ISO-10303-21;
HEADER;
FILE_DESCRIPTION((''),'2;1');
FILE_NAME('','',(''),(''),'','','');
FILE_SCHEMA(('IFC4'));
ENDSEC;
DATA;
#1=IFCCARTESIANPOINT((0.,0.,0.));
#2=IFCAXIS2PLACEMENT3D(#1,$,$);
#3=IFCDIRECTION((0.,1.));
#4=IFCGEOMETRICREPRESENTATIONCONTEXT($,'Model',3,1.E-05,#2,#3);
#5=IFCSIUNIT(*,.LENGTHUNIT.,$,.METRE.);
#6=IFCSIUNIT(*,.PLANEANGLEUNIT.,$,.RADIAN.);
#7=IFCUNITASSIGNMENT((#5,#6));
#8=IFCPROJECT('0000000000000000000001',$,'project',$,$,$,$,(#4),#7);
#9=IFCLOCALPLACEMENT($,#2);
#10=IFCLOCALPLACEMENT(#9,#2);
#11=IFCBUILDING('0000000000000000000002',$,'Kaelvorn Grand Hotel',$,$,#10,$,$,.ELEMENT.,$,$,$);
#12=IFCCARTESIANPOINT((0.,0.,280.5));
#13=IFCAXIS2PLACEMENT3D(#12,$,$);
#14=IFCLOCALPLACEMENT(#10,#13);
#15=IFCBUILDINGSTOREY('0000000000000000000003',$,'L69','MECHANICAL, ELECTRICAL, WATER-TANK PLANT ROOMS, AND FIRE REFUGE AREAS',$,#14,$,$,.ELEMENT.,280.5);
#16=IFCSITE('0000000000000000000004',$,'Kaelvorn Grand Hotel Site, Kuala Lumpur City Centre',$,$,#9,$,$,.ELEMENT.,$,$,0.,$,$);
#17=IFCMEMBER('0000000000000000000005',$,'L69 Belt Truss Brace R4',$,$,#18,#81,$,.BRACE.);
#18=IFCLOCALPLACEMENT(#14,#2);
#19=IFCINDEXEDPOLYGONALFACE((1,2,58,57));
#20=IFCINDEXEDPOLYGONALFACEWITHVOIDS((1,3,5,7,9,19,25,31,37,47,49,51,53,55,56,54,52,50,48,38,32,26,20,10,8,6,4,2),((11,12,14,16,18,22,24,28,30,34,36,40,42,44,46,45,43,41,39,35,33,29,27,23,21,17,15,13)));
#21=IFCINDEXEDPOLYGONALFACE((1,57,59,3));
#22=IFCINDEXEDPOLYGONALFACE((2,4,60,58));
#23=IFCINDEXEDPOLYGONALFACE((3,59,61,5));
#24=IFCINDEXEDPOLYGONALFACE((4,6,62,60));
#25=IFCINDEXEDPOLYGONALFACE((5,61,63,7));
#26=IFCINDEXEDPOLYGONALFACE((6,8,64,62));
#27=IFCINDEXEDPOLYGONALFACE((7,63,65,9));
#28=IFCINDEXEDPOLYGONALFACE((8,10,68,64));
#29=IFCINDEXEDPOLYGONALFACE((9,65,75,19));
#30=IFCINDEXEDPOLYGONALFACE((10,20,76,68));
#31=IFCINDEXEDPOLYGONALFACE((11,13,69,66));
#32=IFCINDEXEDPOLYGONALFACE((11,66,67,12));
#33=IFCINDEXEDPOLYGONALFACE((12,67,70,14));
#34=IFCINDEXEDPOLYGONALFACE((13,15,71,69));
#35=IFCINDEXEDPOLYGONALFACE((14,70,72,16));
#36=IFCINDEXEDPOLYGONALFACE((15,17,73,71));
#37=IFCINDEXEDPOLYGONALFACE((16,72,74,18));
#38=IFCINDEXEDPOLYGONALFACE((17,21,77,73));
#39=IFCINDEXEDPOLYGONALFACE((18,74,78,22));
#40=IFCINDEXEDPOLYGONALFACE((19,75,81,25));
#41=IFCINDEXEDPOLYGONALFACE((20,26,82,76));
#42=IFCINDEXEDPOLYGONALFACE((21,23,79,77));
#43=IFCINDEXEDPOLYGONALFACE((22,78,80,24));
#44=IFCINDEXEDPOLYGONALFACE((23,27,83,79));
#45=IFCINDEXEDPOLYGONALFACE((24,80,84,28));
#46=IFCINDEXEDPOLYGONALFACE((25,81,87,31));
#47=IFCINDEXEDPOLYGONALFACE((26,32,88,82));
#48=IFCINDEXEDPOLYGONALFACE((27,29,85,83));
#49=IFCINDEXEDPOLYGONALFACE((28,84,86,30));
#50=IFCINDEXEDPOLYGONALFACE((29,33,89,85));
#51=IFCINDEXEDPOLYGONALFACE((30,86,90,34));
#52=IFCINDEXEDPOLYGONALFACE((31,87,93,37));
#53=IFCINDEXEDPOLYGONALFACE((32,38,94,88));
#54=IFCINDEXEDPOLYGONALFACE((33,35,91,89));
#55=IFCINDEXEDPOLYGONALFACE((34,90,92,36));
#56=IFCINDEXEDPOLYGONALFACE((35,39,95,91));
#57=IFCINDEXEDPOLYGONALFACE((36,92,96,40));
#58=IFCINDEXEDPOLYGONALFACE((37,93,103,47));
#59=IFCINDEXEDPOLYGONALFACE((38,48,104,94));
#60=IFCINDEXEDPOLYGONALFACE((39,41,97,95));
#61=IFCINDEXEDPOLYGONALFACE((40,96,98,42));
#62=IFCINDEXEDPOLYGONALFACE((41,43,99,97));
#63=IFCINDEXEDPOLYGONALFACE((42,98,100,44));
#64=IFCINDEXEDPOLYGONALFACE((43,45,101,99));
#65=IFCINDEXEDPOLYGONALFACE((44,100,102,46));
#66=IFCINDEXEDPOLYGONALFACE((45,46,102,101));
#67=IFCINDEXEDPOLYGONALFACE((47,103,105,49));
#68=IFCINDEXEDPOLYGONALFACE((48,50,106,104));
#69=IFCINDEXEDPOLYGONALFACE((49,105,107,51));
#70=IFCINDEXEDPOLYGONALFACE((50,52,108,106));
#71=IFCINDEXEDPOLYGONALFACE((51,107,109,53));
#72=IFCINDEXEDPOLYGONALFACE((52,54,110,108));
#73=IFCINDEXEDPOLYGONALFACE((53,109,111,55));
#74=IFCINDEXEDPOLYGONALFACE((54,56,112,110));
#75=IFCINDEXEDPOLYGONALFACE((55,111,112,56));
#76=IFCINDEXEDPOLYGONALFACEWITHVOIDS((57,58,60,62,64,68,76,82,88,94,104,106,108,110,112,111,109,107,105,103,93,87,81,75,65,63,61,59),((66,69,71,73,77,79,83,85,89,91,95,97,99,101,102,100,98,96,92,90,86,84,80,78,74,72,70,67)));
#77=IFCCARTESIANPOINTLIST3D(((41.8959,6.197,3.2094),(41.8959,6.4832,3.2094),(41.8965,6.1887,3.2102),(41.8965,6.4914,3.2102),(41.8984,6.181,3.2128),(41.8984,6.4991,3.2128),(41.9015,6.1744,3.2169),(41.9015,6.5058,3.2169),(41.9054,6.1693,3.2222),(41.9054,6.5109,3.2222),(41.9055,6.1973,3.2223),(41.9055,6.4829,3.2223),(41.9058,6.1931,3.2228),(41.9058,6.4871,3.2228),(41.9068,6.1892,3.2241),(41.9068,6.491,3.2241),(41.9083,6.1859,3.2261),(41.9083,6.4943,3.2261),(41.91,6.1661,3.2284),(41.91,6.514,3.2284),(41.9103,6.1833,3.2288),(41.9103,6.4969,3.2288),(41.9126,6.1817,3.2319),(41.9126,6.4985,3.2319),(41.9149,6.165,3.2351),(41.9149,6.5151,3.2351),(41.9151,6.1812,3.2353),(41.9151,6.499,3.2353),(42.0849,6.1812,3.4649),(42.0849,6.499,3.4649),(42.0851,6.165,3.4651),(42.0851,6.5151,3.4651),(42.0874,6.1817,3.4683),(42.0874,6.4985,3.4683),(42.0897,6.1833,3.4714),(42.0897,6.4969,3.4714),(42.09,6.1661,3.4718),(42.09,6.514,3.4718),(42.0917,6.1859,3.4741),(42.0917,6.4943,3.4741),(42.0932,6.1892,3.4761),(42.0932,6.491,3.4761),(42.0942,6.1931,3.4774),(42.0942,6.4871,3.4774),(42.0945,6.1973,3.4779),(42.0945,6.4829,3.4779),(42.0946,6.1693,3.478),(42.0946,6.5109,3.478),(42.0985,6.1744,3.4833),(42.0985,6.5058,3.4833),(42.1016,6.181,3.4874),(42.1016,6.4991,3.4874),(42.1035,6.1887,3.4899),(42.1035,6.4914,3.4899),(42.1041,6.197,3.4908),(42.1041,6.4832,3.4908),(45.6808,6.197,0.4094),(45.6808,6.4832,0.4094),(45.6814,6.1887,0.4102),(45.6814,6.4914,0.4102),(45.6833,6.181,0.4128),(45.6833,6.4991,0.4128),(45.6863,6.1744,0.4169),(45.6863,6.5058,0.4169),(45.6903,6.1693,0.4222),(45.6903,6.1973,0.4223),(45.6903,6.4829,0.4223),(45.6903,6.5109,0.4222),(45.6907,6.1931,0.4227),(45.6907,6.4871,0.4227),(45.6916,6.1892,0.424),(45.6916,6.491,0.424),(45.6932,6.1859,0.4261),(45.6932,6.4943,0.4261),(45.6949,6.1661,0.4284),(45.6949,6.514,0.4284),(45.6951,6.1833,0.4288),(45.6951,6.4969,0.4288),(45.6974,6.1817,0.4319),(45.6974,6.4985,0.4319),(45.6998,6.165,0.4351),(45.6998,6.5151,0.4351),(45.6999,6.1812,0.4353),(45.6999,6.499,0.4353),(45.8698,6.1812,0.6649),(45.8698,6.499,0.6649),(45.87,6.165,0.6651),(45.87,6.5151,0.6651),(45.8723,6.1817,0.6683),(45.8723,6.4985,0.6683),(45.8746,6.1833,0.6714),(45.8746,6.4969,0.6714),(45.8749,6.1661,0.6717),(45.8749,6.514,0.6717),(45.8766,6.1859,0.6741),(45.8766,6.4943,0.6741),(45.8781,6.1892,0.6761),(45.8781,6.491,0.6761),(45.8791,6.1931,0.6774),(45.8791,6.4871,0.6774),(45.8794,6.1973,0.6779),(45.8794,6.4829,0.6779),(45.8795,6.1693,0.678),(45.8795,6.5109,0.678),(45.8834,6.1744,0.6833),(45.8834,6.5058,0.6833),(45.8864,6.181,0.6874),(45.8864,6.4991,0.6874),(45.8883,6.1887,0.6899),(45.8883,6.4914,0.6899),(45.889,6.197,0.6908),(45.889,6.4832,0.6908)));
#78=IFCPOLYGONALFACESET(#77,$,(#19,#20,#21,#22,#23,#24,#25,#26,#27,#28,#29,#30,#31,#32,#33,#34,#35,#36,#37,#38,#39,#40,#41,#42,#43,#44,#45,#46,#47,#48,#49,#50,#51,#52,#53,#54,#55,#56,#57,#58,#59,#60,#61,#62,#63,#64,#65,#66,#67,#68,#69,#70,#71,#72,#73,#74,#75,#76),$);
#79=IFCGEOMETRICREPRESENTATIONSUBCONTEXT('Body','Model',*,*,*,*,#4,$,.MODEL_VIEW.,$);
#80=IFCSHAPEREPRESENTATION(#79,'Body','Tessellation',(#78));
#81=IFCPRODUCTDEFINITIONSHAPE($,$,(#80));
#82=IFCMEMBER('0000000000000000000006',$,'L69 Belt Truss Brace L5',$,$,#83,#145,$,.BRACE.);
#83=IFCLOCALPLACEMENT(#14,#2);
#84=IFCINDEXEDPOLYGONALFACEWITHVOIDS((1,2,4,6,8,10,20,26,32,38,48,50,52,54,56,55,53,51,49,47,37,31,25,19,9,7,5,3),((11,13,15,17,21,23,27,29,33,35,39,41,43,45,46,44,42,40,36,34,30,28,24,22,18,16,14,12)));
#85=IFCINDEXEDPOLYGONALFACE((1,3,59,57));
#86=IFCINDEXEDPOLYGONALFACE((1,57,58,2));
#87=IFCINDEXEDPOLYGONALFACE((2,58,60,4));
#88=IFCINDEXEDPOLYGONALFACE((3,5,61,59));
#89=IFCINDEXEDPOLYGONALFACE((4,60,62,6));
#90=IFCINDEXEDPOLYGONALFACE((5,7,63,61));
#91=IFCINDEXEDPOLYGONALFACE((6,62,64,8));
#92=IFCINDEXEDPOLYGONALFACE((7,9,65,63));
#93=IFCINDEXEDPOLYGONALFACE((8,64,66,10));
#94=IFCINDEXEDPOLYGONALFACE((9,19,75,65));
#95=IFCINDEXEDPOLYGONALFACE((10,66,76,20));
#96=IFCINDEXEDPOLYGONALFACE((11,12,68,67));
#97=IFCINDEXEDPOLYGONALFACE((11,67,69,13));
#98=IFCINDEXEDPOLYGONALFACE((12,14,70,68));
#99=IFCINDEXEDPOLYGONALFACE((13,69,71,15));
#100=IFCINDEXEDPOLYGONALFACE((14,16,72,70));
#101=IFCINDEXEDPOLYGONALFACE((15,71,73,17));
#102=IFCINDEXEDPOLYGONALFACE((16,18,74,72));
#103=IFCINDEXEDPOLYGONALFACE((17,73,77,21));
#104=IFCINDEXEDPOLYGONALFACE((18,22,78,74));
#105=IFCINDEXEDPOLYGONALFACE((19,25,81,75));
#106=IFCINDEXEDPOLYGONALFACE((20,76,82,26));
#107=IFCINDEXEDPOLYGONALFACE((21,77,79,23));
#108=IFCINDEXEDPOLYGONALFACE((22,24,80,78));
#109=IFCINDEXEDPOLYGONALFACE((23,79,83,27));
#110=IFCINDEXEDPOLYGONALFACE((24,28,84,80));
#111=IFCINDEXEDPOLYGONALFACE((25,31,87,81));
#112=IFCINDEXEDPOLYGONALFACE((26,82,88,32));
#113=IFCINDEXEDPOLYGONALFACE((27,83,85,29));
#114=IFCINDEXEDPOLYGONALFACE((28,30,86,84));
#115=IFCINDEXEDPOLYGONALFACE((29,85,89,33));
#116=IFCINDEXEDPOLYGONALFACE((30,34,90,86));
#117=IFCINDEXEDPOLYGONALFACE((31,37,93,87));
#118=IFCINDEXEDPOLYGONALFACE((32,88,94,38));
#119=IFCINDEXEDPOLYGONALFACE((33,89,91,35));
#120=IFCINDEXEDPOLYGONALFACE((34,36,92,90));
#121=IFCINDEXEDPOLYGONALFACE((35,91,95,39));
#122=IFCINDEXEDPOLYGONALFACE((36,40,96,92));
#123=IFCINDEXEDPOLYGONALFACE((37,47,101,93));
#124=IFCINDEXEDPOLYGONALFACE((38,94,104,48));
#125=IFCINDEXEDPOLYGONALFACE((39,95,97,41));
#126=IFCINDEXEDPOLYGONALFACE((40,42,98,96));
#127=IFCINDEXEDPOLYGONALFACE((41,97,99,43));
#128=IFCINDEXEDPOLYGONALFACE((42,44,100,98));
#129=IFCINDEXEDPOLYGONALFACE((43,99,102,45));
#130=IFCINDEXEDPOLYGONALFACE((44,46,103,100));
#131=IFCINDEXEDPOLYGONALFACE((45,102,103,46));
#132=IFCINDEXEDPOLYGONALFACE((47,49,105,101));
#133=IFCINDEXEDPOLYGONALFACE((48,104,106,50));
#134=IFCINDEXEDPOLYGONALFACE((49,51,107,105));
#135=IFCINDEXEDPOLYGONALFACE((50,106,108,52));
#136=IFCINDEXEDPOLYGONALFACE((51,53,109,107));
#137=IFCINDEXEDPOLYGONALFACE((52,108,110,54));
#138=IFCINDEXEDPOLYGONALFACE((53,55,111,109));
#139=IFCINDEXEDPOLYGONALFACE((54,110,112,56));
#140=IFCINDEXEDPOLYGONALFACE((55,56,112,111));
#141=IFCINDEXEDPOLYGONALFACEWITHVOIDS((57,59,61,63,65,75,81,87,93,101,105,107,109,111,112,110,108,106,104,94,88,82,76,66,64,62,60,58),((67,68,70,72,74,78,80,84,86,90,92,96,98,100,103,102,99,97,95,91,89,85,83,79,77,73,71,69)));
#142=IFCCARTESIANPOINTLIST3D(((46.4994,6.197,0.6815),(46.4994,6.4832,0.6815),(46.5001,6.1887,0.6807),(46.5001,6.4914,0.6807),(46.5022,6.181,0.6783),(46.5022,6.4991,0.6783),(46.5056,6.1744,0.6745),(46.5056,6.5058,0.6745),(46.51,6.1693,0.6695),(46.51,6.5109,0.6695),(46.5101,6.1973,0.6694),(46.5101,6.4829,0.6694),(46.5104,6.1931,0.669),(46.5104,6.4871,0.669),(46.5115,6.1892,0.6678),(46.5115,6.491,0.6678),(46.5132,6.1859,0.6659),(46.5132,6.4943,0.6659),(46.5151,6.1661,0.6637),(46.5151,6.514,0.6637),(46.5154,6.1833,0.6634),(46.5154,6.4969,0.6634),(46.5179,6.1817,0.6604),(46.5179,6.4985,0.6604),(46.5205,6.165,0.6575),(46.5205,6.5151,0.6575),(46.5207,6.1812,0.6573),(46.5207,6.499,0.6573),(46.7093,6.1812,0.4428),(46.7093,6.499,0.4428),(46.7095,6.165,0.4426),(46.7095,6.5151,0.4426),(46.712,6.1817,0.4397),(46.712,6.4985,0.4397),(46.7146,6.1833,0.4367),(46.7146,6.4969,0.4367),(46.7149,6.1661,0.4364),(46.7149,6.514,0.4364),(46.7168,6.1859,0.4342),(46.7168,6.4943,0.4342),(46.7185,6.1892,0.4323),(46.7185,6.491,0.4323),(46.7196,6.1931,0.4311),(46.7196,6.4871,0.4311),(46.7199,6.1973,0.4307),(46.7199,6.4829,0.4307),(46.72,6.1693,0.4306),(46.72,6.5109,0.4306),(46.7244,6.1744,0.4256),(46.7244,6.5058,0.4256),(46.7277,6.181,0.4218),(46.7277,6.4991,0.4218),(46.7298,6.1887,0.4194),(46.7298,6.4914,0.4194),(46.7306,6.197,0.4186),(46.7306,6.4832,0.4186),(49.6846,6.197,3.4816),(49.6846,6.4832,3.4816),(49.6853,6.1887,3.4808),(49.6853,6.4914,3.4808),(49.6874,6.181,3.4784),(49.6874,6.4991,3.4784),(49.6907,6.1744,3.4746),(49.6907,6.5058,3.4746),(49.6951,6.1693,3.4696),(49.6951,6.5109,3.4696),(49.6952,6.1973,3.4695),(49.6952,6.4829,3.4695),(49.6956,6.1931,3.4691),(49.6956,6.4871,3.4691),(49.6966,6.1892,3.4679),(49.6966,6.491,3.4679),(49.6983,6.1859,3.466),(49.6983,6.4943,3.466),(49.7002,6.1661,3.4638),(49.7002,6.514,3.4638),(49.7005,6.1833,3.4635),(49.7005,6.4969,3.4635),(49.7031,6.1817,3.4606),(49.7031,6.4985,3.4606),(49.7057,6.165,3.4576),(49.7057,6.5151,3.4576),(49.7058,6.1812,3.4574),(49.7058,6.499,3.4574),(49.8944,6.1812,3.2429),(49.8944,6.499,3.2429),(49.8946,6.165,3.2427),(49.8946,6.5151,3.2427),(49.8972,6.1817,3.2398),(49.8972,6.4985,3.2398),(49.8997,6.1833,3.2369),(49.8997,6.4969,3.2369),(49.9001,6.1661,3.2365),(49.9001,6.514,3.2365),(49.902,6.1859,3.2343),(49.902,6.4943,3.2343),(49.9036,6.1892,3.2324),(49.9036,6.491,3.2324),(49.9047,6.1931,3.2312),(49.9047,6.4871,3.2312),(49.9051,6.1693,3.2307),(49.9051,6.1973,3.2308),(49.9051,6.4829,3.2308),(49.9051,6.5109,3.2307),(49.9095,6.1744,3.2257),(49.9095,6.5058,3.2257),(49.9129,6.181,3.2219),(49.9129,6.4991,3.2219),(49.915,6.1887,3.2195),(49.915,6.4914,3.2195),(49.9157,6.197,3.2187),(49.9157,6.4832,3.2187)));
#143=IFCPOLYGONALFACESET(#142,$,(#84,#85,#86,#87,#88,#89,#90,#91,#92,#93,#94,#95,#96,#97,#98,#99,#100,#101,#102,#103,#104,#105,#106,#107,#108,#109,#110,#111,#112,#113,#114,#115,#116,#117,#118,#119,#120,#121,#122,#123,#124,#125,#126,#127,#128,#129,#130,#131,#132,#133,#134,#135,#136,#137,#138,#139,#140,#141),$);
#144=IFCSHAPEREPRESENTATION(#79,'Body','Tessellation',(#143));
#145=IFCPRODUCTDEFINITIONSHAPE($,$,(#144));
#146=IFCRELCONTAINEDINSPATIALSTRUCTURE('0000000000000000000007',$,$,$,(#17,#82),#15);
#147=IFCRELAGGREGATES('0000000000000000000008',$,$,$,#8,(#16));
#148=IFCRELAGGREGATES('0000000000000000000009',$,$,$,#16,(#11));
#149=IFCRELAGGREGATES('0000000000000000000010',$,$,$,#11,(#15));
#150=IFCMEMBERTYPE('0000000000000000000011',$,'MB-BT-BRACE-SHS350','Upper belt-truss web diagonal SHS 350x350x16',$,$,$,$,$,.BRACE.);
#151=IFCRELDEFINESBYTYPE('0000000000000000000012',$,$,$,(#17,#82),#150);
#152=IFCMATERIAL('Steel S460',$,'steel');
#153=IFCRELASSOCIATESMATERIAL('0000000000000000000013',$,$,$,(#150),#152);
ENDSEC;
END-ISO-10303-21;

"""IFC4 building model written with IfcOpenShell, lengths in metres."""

from ifc_helpers import new_model, si_unit, direction, frame, origin, origin_2d, place, context, subcontext, project, spatial, hollow_rectangle, extrude, material, material_profile, profile_set, type_object, element, save


model = new_model("IFC4")

# Units and contexts
model_context = context("Model", 3, precision=1e-05, world=origin(), true_north=direction((0.0, 1.0)))
body_context = subcontext(model_context, "Body", "Model", "MODEL_VIEW")
ifc_project = project(units=[si_unit("LENGTHUNIT", "METRE"), si_unit("PLANEANGLEUNIT", "RADIAN")], contexts=[model_context])

# Site, building, storey
site_placement = place(None, origin())
site = spatial("IfcSite", under=ifc_project, at=site_placement, Name="Kaelvorn Grand Hotel Site, Kuala Lumpur City Centre", CompositionType="ELEMENT", RefElevation=0.0)
building_placement = place(site_placement, origin())
building = spatial("IfcBuilding", under=site, at=building_placement, Name="Kaelvorn Grand Hotel", CompositionType="ELEMENT")
storey_placement = place(building_placement, frame((0.0, 0.0, 280.5)))
storey = spatial("IfcBuildingStorey", under=building, at=storey_placement, Name="L69", Description="MECHANICAL, ELECTRICAL, WATER-TANK PLANT ROOMS, AND FIRE REFUGE AREAS", CompositionType="ELEMENT", Elevation=280.5)

# Members
ifc_material_1 = material(Name="Steel S460", Category="steel")
ifc_material_profile_1 = material_profile(ifc_material_1, hollow_rectangle(XDim=0.3501, YDim=0.3501, WallThickness=0.0161, InnerFilletRadius=0.0161, OuterFilletRadius=0.032, at=origin_2d()), Name="SHS 350x350x16.0")
ifc_profile_set_1 = profile_set([ifc_material_profile_1], Name="Steel S460")
member_type_1 = type_object("IfcMemberType", Name="MB-BT-BRACE-SHS350", Description="Upper belt-truss web diagonal SHS 350x350x16", PredefinedType="BRACE", material=ifc_profile_set_1)
member_placement = place(storey_placement, frame((42.0, 6.3401, 3.3501), z_axis=(0.803922, 0.0, -0.594735), x_axis=(0.0, 1.0, 0.0)))
element("IfcMember", 1, at=member_placement, inside=storey, type_object=member_type_1, Name="L69 Belt Truss Brace R4", PredefinedType="BRACE", context=body_context, shape_type="SweptSolid", body=[
    extrude(hollow_rectangle(XDim=0.3501, YDim=0.3501, WallThickness=0.0161, InnerFilletRadius=0.0161, OuterFilletRadius=0.032, at=origin_2d()), origin(), (0.0, 0.0, 1.0), 4.708),
])
for number, where, z_axis, x_axis, name in (
    (2, (46.615, 6.3401, 0.55), (0.751041, 0.0, 0.660255), (0.0, 1.0, 0.0), "L69 Belt Truss Brace L5"),
):
    element("IfcMember", number, at=place(storey_placement, frame(where, z_axis=z_axis, x_axis=x_axis)), inside=storey, type_object=member_type_1, Name=name, PredefinedType="BRACE", context=body_context, shape_type="SweptSolid", body=[
        extrude(hollow_rectangle(XDim=0.3501, YDim=0.3501, WallThickness=0.0161, InnerFilletRadius=0.0161, OuterFilletRadius=0.032, at=origin_2d()), origin(), (0.0, 0.0, 1.0), 4.241),
    ])

save(model, "model.ifc")
